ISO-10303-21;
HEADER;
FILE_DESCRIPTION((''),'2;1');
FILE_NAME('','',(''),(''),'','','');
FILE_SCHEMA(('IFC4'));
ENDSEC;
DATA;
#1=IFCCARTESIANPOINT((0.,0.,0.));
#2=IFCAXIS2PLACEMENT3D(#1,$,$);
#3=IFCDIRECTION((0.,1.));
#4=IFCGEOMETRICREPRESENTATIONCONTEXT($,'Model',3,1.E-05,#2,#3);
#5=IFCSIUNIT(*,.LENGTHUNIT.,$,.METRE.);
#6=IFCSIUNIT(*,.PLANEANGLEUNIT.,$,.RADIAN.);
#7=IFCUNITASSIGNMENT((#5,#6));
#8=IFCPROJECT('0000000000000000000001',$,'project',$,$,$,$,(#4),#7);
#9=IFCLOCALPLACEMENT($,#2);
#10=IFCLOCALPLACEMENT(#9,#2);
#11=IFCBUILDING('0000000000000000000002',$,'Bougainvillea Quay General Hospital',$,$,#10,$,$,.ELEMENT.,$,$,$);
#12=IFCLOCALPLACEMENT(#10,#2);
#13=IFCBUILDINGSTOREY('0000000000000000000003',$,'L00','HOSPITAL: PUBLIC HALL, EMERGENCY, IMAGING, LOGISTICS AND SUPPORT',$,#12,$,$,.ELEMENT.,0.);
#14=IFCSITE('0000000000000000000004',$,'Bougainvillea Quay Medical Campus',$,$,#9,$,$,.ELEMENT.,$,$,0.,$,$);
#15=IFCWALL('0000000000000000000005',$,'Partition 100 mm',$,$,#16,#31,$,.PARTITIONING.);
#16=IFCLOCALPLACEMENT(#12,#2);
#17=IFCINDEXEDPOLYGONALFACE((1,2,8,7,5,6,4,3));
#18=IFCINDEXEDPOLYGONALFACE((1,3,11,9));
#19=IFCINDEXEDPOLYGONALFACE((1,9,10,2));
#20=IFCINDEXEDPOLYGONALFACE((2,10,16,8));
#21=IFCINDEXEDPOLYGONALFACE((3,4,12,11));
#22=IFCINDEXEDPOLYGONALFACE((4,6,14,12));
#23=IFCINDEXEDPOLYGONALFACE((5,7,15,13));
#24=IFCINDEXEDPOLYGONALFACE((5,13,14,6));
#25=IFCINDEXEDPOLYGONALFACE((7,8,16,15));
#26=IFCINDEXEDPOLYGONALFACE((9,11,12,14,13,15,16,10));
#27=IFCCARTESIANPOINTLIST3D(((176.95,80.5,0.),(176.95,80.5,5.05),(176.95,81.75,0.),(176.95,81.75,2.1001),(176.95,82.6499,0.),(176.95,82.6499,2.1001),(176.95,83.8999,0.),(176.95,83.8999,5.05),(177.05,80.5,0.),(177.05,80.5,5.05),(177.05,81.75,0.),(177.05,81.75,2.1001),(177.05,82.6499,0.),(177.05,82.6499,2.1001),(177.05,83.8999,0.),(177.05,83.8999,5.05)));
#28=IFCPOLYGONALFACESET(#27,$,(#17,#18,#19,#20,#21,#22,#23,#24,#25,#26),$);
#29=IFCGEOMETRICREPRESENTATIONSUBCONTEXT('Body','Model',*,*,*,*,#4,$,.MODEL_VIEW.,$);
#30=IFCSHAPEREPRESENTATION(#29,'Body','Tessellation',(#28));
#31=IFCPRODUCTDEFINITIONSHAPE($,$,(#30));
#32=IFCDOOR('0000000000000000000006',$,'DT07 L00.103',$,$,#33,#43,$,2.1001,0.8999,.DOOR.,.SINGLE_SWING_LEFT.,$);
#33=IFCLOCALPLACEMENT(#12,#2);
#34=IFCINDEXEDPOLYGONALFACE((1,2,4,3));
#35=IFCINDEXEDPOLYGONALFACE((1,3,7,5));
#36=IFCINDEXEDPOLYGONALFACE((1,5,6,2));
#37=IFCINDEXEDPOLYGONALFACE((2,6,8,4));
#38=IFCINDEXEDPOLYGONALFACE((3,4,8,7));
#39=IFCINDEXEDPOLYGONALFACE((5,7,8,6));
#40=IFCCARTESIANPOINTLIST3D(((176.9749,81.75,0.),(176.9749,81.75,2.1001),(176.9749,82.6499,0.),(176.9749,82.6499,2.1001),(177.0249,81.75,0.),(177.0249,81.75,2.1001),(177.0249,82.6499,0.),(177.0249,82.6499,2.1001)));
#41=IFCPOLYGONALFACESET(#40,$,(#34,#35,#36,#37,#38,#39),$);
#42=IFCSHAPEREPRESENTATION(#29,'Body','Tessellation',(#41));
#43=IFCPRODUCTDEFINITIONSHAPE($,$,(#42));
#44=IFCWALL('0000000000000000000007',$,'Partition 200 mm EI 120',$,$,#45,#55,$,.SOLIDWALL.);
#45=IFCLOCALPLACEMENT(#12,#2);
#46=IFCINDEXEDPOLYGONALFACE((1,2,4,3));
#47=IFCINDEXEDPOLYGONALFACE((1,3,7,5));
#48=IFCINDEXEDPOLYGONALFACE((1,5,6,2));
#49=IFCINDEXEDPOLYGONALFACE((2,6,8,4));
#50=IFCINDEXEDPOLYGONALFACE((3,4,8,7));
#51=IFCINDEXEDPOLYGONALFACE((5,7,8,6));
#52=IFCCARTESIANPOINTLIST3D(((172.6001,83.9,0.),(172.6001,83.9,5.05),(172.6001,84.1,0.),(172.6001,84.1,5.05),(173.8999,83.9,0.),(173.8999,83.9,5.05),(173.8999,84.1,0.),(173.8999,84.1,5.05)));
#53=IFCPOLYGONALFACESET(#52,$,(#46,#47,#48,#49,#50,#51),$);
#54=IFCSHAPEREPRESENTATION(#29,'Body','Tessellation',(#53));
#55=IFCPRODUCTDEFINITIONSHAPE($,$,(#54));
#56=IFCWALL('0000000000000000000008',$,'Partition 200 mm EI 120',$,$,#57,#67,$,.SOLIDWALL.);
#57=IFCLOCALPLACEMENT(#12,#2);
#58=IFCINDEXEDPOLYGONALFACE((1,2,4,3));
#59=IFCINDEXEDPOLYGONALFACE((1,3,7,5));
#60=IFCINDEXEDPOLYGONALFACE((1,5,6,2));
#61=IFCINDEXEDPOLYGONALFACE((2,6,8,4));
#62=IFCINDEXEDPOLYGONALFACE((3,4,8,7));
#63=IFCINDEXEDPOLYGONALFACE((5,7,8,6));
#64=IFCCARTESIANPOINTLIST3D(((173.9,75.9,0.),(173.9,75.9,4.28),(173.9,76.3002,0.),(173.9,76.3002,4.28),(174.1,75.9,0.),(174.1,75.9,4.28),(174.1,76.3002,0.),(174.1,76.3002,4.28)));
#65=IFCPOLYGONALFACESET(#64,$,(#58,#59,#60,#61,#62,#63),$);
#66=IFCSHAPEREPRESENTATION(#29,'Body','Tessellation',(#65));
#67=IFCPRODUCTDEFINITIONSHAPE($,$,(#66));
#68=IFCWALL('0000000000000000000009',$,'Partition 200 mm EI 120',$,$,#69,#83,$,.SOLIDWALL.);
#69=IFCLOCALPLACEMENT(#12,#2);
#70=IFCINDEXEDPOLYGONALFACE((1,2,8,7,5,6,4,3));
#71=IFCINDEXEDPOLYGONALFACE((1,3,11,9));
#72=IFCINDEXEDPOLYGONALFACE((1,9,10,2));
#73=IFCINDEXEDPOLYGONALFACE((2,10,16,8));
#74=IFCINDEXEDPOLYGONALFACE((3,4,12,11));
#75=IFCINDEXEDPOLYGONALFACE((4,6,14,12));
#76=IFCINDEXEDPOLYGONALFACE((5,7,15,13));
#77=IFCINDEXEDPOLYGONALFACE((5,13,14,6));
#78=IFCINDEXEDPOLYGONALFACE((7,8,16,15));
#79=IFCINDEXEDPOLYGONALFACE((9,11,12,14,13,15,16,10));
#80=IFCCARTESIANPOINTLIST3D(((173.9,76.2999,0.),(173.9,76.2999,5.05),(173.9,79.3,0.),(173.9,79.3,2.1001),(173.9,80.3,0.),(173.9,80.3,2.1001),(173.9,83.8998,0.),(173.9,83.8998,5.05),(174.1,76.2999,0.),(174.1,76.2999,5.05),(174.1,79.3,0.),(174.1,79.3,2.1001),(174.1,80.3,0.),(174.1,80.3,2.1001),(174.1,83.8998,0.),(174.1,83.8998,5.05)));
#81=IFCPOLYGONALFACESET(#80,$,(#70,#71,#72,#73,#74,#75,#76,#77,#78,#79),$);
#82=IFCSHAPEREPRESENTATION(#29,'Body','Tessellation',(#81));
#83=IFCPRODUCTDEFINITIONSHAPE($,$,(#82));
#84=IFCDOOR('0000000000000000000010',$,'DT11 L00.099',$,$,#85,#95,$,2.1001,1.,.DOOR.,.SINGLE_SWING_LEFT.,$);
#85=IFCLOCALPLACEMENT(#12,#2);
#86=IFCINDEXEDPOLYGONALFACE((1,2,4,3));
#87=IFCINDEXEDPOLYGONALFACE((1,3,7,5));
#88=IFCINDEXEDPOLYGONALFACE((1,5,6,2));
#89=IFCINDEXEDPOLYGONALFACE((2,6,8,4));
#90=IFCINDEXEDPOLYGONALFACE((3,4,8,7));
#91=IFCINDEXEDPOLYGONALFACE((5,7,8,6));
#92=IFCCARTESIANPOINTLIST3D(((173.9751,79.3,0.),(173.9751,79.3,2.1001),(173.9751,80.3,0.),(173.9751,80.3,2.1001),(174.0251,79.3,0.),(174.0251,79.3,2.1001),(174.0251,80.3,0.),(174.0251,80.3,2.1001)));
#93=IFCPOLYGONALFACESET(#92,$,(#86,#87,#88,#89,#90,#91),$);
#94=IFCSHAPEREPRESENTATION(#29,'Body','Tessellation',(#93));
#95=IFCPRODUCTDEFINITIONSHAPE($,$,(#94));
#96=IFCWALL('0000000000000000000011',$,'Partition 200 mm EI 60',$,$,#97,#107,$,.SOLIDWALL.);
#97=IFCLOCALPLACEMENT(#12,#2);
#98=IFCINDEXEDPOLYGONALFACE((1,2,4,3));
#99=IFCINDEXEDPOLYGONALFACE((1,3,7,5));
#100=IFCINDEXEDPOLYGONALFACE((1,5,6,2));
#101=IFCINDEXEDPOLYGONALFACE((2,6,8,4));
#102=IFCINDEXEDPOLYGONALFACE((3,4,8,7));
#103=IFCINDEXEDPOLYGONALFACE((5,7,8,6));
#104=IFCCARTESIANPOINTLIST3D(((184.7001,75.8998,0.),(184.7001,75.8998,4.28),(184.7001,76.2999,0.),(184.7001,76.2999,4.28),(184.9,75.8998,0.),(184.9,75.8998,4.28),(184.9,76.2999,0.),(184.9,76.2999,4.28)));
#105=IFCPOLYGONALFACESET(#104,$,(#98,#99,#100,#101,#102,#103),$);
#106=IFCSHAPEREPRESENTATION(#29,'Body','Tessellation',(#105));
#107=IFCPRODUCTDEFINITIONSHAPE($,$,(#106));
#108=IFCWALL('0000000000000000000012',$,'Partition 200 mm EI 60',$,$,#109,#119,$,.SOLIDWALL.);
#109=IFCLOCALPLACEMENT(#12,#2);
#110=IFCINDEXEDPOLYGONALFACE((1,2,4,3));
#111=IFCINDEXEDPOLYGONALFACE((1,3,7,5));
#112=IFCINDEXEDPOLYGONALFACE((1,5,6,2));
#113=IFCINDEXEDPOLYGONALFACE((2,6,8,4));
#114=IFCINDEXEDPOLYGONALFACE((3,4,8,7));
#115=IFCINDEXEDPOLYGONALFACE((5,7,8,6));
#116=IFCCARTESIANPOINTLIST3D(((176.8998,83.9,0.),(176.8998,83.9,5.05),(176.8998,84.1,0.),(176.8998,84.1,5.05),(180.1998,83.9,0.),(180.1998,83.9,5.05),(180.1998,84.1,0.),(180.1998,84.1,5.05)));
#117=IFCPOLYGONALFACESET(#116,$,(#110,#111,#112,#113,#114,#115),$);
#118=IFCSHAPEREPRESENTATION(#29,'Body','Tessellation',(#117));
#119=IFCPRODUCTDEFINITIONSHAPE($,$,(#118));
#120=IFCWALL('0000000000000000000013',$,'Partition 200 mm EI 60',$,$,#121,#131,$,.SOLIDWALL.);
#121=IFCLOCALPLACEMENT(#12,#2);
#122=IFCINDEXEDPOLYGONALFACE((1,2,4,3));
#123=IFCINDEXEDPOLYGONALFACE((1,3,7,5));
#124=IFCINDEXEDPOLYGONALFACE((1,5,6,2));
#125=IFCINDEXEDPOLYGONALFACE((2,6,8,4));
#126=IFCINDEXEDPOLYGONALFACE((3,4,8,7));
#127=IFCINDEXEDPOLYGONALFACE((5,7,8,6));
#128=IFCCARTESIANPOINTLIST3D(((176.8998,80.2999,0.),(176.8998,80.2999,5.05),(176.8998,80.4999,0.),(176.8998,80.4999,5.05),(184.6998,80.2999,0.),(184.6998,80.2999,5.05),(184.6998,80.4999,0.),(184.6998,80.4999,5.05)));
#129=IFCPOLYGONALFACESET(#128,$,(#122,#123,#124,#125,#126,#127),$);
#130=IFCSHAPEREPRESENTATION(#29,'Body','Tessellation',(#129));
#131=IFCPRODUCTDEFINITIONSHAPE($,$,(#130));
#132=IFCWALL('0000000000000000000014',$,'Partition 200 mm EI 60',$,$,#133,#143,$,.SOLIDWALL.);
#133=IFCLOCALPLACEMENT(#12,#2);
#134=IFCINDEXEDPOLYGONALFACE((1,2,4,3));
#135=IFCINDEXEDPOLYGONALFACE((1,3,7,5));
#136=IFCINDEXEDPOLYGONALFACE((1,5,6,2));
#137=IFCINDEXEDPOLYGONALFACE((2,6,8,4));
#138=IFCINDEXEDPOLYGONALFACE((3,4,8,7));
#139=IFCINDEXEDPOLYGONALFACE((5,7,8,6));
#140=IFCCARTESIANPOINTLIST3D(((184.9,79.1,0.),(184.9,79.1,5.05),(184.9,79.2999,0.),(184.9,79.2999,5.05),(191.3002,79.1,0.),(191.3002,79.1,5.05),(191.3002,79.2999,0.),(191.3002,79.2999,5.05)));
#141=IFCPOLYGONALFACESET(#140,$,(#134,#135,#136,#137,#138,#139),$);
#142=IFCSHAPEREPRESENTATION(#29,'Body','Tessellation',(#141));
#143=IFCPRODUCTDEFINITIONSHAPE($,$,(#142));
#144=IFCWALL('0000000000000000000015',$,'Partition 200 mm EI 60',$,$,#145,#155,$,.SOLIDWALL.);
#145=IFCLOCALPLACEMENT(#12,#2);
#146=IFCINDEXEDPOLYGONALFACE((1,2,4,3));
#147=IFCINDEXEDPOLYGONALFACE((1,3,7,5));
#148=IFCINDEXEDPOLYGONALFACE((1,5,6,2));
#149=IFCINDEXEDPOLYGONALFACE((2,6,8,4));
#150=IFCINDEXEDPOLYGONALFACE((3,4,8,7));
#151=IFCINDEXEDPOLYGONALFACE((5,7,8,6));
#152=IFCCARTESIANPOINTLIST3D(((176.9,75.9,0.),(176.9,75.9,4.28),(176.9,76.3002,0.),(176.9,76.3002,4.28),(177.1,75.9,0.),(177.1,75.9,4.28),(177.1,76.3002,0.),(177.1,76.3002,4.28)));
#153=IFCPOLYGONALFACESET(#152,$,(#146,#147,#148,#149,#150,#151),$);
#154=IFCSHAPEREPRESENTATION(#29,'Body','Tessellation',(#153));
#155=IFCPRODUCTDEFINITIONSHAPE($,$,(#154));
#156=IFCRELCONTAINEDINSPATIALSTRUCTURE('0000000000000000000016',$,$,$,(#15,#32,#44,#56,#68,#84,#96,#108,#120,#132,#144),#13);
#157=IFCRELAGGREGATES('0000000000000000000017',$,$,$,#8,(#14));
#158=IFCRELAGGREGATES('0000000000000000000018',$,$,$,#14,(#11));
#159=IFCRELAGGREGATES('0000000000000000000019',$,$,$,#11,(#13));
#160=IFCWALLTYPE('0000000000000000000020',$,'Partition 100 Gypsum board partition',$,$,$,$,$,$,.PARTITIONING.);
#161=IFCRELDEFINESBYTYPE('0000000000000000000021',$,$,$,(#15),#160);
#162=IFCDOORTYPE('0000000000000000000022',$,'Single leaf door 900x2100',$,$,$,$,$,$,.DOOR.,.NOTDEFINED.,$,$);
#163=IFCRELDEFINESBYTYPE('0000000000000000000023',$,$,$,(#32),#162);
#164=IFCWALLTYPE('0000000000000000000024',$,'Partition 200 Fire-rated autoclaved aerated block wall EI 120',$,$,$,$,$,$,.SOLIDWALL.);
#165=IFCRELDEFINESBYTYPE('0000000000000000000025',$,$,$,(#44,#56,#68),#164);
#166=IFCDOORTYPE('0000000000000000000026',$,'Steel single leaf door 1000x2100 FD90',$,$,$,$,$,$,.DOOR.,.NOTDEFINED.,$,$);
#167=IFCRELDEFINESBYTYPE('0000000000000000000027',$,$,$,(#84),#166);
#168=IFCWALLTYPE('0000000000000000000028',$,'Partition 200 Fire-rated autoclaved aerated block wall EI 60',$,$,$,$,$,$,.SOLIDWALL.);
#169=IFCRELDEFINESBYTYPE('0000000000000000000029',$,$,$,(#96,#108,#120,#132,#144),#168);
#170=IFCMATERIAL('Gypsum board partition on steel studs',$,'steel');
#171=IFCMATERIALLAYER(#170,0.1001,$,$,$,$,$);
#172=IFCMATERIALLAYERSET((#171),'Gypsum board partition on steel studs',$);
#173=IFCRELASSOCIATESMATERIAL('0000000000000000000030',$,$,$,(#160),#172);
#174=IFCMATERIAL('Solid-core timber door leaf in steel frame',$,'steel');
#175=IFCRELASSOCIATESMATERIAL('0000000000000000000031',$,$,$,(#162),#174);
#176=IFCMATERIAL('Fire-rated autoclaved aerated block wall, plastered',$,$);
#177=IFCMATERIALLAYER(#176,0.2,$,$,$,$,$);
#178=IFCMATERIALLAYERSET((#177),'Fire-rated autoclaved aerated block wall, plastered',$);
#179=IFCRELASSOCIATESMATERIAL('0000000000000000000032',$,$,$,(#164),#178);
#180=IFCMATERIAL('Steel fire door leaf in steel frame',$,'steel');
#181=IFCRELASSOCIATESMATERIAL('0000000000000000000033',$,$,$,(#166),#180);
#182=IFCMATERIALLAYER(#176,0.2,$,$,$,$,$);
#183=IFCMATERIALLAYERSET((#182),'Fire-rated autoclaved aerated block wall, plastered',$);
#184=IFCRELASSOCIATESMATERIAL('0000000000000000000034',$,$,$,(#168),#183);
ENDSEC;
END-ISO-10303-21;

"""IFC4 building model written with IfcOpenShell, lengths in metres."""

from ifc_helpers import new_model, si_unit, direction, frame, frame_2d, origin, place, context, subcontext, project, spatial, rectangle, extrude, material, layer, layer_set, type_object, element, fill, save


model = new_model("IFC4")

# Units and contexts
model_context = context("Model", 3, precision=1e-05, world=origin(), true_north=direction((0.0, 1.0)))
body_context = subcontext(model_context, "Body", "Model", "MODEL_VIEW")
ifc_project = project(units=[si_unit("LENGTHUNIT", "METRE"), si_unit("PLANEANGLEUNIT", "RADIAN")], contexts=[model_context])

# Site, building, storey
site_placement = place(None, origin())
site = spatial("IfcSite", under=ifc_project, at=site_placement, Name="Bougainvillea Quay Medical Campus", CompositionType="ELEMENT", RefElevation=0.0)
building_placement = place(site_placement, origin())
building = spatial("IfcBuilding", under=site, at=building_placement, Name="Bougainvillea Quay General Hospital", CompositionType="ELEMENT")
storey_placement = place(building_placement, origin())
storey = spatial("IfcBuildingStorey", under=building, at=storey_placement, Name="L00", Description="HOSPITAL: PUBLIC HALL, EMERGENCY, IMAGING, LOGISTICS AND SUPPORT", CompositionType="ELEMENT", Elevation=0.0)

# Wall, opening, door
ifc_material_1 = material(Name="Gypsum board partition on steel studs", Category="steel")
ifc_layer_1 = layer(ifc_material_1, 0.1001)
ifc_layer_set_1 = layer_set([ifc_layer_1], Name="Gypsum board partition on steel studs")
wall_type_1 = type_object("IfcWallType", Name="Partition 100 Gypsum board partition", PredefinedType="PARTITIONING", material=ifc_layer_set_1)
wall_1_placement = place(storey_placement, frame((177.0, 80.5, 0.0), z_axis=(0.0, 0.0, 1.0), x_axis=(0.0, 1.0, 0.0)))
wall_1 = element("IfcWall", 1, at=wall_1_placement, inside=storey, type_object=wall_type_1, Name="Partition 100 mm", PredefinedType="PARTITIONING", context=body_context, shape_type="SweptSolid", body=[
    extrude(rectangle(XDim=3.3999, YDim=0.1001, at=frame_2d((1.7, 0.0))), origin(), (0.0, 0.0, 1.0), 5.05),
])
opening_1_placement = place(wall_1_placement, frame((1.25, 0.0, 0.0)))
opening_1 = element("IfcOpeningElement", 2, at=opening_1_placement, cuts=wall_1, PredefinedType="OPENING", context=body_context, shape_type="SweptSolid", body=[
    extrude(rectangle(XDim=0.8999, YDim=2.1001, at=frame_2d((0.45, 1.05))), frame((0.0, 0.0601, 0.0), z_axis=(0.0, -1.0, 0.0), x_axis=(1.0, 0.0, 0.0)), (0.0, 0.0, 1.0), 0.1201),
])
ifc_material_2 = material(Name="Solid-core timber door leaf in steel frame", Category="steel")
door_type_1 = type_object("IfcDoorType", Name="Single leaf door 900x2100", OperationType="NOTDEFINED", PredefinedType="DOOR", material=ifc_material_2)
door_1_placement = place(opening_1_placement, frame((0.8999, 0.0, 0.0), z_axis=(0.0, 0.0, 1.0), x_axis=(-1.0, 0.0, 0.0)))
door_1 = element("IfcDoor", 3, at=door_1_placement, inside=storey, type_object=door_type_1, Name="DT07 L00.103", OperationType="SINGLE_SWING_LEFT", OverallHeight=2.1001, OverallWidth=0.8999, PredefinedType="DOOR", context=body_context, shape_type="SweptSolid", body=[
    extrude(rectangle(XDim=0.8999, YDim=2.1001, at=frame_2d((0.45, 1.05))), frame((0.0, 0.0249, 0.0), z_axis=(0.0, -1.0, 0.0), x_axis=(1.0, 0.0, 0.0)), (0.0, 0.0, 1.0), 0.05),
])
fill(opening_1, door_1)

# Walls
ifc_material_3 = material(Name="Fire-rated autoclaved aerated block wall, plastered")
ifc_layer_2 = layer(ifc_material_3, 0.2)
ifc_layer_set_2 = layer_set([ifc_layer_2], Name="Fire-rated autoclaved aerated block wall, plastered")
wall_type_2 = type_object("IfcWallType", Name="Partition 200 Fire-rated autoclaved aerated block wall EI 120", PredefinedType="SOLIDWALL", material=ifc_layer_set_2)
wall_2_placement = place(storey_placement, frame((172.6001, 84.0, 0.0), z_axis=(0.0, 0.0, 1.0), x_axis=(1.0, 0.0, 0.0)))
element("IfcWall", 4, at=wall_2_placement, inside=storey, type_object=wall_type_2, Name="Partition 200 mm EI 120", PredefinedType="SOLIDWALL", context=body_context, shape_type="SweptSolid", body=[
    extrude(rectangle(XDim=1.2998, YDim=0.2, at=frame_2d((0.6499, 0.0))), origin(), (0.0, 0.0, 1.0), 5.05),
])
wall_3_placement = place(storey_placement, frame((174.0, 75.8999, 0.0), z_axis=(0.0, 0.0, 1.0), x_axis=(0.0, 1.0, 0.0)))
element("IfcWall", 5, at=wall_3_placement, inside=storey, type_object=wall_type_2, Name="Partition 200 mm EI 120", PredefinedType="SOLIDWALL", context=body_context, shape_type="SweptSolid", body=[
    extrude(rectangle(XDim=0.4001, YDim=0.2, at=frame_2d((0.2002, 0.0))), origin(), (0.0, 0.0, 1.0), 4.28),
])

# Wall, opening, door
wall_4_placement = place(storey_placement, frame((174.0, 76.3, 0.0), z_axis=(0.0, 0.0, 1.0), x_axis=(0.0, 1.0, 0.0)))
wall_4 = element("IfcWall", 6, at=wall_4_placement, inside=storey, type_object=wall_type_2, Name="Partition 200 mm EI 120", PredefinedType="SOLIDWALL", context=body_context, shape_type="SweptSolid", body=[
    extrude(rectangle(XDim=7.5999, YDim=0.2, at=frame_2d((3.7998, 0.0))), origin(), (0.0, 0.0, 1.0), 5.05),
])
opening_2_placement = place(wall_4_placement, frame((3.0, 0.0, 0.0)))
opening_2 = element("IfcOpeningElement", 7, at=opening_2_placement, cuts=wall_4, PredefinedType="OPENING", context=body_context, shape_type="SweptSolid", body=[
    extrude(rectangle(XDim=1.0, YDim=2.1001, at=frame_2d((0.5, 1.05))), frame((0.0, 0.1099, 0.0), z_axis=(0.0, -1.0, 0.0), x_axis=(1.0, 0.0, 0.0)), (0.0, 0.0, 1.0), 0.22),
])
ifc_material_4 = material(Name="Steel fire door leaf in steel frame", Category="steel")
door_type_2 = type_object("IfcDoorType", Name="Steel single leaf door 1000x2100 FD90", OperationType="NOTDEFINED", PredefinedType="DOOR", material=ifc_material_4)
door_2_placement = place(opening_2_placement, origin())
door_2 = element("IfcDoor", 8, at=door_2_placement, inside=storey, type_object=door_type_2, Name="DT11 L00.099", OperationType="SINGLE_SWING_LEFT", OverallHeight=2.1001, OverallWidth=1.0, PredefinedType="DOOR", context=body_context, shape_type="SweptSolid", body=[
    extrude(rectangle(XDim=1.0, YDim=2.1001, at=frame_2d((0.5, 1.05))), frame((0.0, 0.0249, 0.0), z_axis=(0.0, -1.0, 0.0), x_axis=(1.0, 0.0, 0.0)), (0.0, 0.0, 1.0), 0.05),
])
fill(opening_2, door_2)

# Walls
ifc_layer_3 = layer(ifc_material_3, 0.2)
ifc_layer_set_3 = layer_set([ifc_layer_3], Name="Fire-rated autoclaved aerated block wall, plastered")
wall_type_3 = type_object("IfcWallType", Name="Partition 200 Fire-rated autoclaved aerated block wall EI 60", PredefinedType="SOLIDWALL", material=ifc_layer_set_3)
wall_5_placement = place(storey_placement, frame((184.8, 76.3, 0.0), z_axis=(0.0, 0.0, 1.0), x_axis=(0.0, -1.0, 0.0)))
element("IfcWall", 9, at=wall_5_placement, inside=storey, type_object=wall_type_3, Name="Partition 200 mm EI 60", PredefinedType="SOLIDWALL", context=body_context, shape_type="SweptSolid", body=[
    extrude(rectangle(XDim=0.4001, YDim=0.2, at=frame_2d((0.2002, 0.0))), origin(), (0.0, 0.0, 1.0), 4.28),
])
wall_6_placement = place(storey_placement, frame((176.8999, 84.0, 0.0), z_axis=(0.0, 0.0, 1.0), x_axis=(1.0, 0.0, 0.0)))
element("IfcWall", 10, at=wall_6_placement, inside=storey, type_object=wall_type_3, Name="Partition 200 mm EI 60", PredefinedType="SOLIDWALL", context=body_context, shape_type="SweptSolid", body=[
    extrude(rectangle(XDim=3.3, YDim=0.2, at=frame_2d((1.6499, 0.0))), origin(), (0.0, 0.0, 1.0), 5.05),
])
wall_7_placement = place(storey_placement, frame((176.8999, 80.3999, 0.0), z_axis=(0.0, 0.0, 1.0), x_axis=(1.0, 0.0, 0.0)))
element("IfcWall", 11, at=wall_7_placement, inside=storey, type_object=wall_type_3, Name="Partition 200 mm EI 60", PredefinedType="SOLIDWALL", context=body_context, shape_type="SweptSolid", body=[
    extrude(rectangle(XDim=7.8, YDim=0.2, at=frame_2d((3.8999, 0.0))), origin(), (0.0, 0.0, 1.0), 5.05),
])
wall_8_placement = place(storey_placement, frame((184.8999, 79.2, 0.0), z_axis=(0.0, 0.0, 1.0), x_axis=(1.0, 0.0, 0.0)))
element("IfcWall", 12, at=wall_8_placement, inside=storey, type_object=wall_type_3, Name="Partition 200 mm EI 60", PredefinedType="SOLIDWALL", context=body_context, shape_type="SweptSolid", body=[
    extrude(rectangle(XDim=6.4001, YDim=0.2, at=frame_2d((3.2002, 0.0))), origin(), (0.0, 0.0, 1.0), 5.05),
])
wall_9_placement = place(storey_placement, frame((177.0, 75.8999, 0.0), z_axis=(0.0, 0.0, 1.0), x_axis=(0.0, 1.0, 0.0)))
element("IfcWall", 13, at=wall_9_placement, inside=storey, type_object=wall_type_3, Name="Partition 200 mm EI 60", PredefinedType="SOLIDWALL", context=body_context, shape_type="SweptSolid", body=[
    extrude(rectangle(XDim=0.4001, YDim=0.2, at=frame_2d((0.2002, 0.0))), origin(), (0.0, 0.0, 1.0), 4.28),
])

save(model, "model.ifc")
